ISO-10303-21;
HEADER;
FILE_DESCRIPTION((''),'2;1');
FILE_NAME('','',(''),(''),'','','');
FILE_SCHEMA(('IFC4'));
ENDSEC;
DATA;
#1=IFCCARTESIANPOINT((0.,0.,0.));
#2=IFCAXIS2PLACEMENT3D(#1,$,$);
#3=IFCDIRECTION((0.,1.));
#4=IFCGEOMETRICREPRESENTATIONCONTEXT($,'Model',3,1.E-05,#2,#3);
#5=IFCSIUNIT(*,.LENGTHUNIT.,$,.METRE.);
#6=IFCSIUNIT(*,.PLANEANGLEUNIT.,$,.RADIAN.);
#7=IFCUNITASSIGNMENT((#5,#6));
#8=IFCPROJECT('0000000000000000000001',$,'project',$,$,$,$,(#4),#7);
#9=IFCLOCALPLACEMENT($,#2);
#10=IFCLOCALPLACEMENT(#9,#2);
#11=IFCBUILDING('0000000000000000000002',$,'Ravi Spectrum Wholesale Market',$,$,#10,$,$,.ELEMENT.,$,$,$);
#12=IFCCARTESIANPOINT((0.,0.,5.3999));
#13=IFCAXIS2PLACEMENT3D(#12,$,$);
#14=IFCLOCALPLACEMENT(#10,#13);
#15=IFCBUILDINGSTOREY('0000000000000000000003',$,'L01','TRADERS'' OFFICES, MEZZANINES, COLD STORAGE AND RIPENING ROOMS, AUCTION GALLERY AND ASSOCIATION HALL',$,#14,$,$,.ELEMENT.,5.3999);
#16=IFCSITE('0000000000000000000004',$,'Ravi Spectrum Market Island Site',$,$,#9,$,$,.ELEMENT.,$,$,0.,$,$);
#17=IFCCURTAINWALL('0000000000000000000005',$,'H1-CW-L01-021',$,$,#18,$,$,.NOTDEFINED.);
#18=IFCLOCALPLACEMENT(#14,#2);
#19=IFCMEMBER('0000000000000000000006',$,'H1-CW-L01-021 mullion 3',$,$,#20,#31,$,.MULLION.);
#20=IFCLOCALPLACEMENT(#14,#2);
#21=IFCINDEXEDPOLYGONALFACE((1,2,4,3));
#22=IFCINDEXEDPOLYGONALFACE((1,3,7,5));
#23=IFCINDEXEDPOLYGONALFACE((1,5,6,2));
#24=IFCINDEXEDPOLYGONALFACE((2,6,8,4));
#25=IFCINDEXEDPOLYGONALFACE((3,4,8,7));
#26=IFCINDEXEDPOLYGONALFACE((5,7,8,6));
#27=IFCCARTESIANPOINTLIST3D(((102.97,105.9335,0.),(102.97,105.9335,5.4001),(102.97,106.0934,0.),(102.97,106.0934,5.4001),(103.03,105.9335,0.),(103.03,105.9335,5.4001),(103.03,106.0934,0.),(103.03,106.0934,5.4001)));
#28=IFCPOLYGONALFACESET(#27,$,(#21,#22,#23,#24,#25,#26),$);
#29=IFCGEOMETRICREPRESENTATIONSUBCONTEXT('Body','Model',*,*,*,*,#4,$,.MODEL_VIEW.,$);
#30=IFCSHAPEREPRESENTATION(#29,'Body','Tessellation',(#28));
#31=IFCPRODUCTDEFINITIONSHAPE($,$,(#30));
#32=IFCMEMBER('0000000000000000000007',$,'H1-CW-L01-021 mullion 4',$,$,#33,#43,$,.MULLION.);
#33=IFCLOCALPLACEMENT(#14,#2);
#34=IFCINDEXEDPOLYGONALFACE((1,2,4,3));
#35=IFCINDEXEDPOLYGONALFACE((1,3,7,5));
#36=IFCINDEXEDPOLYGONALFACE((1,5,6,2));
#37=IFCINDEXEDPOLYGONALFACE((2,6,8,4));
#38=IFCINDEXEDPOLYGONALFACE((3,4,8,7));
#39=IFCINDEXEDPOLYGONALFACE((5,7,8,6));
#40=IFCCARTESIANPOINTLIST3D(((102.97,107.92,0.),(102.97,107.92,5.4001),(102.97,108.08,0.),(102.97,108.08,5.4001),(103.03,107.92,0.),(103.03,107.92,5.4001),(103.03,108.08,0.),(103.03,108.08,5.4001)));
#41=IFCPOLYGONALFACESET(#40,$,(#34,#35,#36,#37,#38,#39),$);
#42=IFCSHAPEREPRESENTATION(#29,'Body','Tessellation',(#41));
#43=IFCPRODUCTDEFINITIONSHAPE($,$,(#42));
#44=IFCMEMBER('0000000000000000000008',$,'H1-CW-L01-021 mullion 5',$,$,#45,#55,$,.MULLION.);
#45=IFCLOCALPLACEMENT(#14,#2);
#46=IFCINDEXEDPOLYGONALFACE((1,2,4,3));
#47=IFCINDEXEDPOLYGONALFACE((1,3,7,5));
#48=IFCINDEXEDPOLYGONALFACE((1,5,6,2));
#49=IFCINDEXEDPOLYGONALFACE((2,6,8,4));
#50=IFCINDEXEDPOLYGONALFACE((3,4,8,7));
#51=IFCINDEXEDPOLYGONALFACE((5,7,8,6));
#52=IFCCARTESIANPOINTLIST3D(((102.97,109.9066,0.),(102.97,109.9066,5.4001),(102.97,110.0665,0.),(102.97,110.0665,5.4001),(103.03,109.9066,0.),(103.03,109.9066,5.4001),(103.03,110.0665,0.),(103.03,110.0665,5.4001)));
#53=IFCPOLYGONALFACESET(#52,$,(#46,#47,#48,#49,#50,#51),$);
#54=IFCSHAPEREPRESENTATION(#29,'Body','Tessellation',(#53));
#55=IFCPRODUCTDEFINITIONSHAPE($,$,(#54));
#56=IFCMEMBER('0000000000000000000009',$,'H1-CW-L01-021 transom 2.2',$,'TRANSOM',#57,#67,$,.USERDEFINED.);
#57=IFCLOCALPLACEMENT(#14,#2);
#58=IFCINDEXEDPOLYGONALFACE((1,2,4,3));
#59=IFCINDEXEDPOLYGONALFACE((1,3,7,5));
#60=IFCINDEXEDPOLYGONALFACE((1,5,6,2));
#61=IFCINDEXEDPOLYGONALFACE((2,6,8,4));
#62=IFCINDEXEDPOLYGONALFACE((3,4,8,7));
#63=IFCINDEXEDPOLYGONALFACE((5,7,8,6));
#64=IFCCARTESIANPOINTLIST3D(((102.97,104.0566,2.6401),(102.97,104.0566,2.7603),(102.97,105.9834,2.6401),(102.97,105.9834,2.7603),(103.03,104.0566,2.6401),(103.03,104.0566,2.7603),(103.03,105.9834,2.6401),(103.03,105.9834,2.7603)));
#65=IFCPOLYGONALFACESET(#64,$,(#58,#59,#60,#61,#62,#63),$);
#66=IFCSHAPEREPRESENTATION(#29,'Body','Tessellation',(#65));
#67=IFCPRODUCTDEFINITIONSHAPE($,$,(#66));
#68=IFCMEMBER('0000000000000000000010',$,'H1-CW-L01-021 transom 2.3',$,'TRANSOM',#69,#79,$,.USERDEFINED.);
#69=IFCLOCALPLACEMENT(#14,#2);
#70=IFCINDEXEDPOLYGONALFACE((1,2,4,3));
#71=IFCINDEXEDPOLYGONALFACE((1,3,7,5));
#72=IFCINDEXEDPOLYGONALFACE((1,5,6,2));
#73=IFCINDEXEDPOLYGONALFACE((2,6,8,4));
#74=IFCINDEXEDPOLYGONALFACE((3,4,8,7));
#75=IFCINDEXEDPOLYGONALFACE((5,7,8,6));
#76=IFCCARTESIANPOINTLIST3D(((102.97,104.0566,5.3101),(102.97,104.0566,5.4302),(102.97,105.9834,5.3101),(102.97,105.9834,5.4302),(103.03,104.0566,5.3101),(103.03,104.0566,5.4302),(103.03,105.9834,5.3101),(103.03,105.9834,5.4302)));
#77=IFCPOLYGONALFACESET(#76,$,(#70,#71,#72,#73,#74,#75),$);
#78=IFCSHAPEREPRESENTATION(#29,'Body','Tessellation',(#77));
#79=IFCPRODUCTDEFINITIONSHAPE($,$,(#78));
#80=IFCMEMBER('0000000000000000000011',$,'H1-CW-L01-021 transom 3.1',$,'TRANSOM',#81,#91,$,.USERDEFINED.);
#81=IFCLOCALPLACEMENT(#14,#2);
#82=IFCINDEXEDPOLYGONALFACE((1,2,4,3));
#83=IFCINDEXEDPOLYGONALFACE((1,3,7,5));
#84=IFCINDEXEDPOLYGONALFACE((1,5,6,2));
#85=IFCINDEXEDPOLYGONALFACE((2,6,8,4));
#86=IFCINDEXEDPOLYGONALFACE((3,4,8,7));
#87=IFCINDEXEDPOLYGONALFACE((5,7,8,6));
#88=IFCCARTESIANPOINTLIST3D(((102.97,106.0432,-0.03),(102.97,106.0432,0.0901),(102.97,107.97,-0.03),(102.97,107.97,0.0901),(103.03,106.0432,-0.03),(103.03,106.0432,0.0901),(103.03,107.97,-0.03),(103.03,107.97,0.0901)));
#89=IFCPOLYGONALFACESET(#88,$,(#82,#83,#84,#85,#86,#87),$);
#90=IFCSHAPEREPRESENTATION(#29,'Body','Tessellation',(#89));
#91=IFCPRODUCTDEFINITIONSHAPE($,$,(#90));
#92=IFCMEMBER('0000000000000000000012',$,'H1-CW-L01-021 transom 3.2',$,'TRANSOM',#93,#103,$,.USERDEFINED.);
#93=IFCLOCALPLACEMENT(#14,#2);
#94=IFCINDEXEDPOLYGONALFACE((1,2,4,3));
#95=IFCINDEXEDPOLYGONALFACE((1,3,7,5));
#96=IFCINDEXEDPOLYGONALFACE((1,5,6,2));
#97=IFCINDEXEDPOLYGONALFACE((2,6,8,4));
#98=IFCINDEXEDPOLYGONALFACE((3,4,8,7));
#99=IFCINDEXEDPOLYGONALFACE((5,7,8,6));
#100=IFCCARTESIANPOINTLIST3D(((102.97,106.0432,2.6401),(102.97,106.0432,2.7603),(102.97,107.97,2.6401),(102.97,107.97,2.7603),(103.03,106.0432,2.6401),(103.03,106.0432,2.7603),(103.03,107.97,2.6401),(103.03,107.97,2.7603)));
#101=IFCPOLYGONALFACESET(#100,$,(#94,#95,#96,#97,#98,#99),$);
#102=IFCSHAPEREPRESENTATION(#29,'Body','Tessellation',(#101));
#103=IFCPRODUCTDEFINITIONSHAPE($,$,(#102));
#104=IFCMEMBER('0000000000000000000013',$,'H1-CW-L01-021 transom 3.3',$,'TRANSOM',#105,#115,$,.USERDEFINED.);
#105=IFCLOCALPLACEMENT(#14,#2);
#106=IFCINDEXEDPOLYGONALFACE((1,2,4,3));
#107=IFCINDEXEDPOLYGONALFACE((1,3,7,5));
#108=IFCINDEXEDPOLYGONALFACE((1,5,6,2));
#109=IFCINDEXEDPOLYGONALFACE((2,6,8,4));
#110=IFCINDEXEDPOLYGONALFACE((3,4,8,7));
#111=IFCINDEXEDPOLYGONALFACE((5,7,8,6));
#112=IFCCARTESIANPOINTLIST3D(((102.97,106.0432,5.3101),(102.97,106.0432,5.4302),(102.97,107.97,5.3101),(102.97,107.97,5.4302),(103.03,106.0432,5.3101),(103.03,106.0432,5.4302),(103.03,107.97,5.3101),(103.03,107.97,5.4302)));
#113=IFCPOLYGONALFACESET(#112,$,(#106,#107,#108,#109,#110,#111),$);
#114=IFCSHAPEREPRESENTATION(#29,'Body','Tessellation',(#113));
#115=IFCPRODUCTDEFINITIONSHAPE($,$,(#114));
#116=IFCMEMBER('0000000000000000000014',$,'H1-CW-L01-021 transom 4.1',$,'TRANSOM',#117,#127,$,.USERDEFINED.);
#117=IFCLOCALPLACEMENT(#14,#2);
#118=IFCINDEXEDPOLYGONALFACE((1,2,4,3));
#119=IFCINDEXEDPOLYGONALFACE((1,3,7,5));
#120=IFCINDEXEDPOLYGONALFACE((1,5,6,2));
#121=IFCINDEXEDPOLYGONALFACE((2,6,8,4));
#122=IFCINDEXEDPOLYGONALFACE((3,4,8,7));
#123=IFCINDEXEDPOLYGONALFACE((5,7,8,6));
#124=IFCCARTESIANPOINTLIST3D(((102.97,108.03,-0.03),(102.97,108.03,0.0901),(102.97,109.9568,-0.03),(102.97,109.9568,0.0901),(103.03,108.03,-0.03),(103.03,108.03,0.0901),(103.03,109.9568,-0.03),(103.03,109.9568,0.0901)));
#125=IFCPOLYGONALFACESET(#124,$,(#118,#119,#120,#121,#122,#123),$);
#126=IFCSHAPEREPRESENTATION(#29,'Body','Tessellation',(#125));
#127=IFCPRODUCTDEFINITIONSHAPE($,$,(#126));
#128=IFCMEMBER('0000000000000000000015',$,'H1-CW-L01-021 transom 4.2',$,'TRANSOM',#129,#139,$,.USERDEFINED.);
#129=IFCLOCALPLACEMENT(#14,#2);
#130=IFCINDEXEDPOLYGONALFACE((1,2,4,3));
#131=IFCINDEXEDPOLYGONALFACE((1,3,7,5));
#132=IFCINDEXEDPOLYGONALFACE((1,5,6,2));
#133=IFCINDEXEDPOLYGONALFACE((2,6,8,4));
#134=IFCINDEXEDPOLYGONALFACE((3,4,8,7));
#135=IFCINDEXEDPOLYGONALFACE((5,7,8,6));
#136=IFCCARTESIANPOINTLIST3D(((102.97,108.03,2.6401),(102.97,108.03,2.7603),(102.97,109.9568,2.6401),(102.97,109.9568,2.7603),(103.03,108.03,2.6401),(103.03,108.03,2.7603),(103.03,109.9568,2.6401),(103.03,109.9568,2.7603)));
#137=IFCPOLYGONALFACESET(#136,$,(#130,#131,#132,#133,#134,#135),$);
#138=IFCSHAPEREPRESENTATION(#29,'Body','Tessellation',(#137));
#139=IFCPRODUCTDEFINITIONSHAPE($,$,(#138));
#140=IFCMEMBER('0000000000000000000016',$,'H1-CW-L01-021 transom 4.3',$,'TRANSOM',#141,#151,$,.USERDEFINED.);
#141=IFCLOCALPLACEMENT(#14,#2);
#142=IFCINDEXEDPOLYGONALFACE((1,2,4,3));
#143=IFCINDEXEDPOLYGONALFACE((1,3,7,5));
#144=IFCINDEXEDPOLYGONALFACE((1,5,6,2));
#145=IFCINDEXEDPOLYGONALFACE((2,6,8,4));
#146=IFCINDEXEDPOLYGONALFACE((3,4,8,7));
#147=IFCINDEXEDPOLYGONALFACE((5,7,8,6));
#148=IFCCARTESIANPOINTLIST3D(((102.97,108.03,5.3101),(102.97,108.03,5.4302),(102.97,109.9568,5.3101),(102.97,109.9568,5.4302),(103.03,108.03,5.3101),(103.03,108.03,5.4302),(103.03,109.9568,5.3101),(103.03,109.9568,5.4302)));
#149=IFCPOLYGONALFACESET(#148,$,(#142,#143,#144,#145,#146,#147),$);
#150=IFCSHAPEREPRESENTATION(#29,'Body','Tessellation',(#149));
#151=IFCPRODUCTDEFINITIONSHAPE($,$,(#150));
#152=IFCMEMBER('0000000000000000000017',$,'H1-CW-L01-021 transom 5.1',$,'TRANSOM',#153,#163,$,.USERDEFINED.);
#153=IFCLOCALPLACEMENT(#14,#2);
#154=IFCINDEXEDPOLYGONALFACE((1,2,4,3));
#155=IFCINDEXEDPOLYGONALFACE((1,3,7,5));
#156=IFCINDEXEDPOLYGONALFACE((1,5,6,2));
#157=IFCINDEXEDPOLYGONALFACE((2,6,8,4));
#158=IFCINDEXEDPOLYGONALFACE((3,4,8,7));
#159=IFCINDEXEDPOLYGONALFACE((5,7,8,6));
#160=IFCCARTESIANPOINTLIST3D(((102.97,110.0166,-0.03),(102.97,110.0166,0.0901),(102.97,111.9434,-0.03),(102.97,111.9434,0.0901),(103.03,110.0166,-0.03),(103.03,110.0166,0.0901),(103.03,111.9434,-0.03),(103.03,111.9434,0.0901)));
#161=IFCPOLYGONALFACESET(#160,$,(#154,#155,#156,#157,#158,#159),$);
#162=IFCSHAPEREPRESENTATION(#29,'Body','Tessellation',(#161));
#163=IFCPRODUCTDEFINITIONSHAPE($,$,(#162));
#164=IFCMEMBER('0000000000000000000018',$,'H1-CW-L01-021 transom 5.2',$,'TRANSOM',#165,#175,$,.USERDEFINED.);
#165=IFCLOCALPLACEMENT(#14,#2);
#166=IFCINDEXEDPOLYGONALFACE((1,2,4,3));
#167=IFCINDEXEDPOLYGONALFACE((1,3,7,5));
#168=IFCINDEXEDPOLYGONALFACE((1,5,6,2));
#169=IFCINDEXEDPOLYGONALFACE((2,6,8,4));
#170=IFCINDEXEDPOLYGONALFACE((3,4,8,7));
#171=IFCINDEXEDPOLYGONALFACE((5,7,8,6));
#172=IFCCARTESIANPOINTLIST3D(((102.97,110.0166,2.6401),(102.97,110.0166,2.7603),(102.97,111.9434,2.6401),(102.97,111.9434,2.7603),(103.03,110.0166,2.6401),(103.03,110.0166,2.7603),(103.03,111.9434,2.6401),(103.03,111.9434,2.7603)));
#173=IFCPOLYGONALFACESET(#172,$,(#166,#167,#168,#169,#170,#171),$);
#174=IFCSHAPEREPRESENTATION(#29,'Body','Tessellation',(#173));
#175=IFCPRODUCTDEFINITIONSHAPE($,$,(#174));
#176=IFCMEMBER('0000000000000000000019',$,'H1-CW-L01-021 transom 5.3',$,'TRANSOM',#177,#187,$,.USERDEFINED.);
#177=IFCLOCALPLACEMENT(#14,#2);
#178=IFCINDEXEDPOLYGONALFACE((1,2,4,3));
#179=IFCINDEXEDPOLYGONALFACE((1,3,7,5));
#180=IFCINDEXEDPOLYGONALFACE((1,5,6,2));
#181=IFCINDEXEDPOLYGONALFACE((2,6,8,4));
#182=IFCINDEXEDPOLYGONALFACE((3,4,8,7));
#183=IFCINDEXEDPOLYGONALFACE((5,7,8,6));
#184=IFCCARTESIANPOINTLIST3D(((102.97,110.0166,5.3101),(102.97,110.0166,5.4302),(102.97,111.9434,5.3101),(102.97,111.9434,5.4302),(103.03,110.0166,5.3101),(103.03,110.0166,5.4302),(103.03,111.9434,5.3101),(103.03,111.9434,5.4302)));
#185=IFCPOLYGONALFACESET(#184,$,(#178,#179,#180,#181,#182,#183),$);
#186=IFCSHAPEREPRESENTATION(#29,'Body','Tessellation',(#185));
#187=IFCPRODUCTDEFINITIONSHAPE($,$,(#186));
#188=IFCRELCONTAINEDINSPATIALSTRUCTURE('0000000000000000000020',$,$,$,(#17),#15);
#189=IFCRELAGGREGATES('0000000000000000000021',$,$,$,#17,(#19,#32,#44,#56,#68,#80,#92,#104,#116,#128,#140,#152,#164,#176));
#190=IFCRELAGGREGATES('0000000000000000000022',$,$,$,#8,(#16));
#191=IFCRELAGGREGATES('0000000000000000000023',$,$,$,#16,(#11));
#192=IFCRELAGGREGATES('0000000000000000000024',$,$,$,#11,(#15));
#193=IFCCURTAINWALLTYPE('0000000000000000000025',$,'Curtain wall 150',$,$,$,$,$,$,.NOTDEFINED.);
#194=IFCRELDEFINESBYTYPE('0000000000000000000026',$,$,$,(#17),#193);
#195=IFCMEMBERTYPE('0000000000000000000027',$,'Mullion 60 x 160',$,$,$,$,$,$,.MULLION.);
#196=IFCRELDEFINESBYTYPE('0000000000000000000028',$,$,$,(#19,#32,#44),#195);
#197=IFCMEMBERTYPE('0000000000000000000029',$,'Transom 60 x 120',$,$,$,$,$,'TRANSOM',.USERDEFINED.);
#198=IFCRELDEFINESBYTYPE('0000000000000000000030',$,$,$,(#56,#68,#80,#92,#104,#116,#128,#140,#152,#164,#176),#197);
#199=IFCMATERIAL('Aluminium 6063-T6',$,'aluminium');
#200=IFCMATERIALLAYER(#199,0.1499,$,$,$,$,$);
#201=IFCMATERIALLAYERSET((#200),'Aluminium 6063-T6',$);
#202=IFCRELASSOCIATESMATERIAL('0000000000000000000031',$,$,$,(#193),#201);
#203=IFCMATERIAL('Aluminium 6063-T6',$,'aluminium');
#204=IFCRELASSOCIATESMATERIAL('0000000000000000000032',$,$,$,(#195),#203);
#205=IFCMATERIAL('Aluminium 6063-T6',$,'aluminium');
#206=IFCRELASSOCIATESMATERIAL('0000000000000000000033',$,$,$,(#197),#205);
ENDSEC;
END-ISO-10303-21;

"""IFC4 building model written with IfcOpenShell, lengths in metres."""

from ifc_helpers import new_model, si_unit, direction, frame, origin, origin_2d, place, context, subcontext, project, spatial, rectangle, extrude, material, layer, layer_set, material_profile, profile_set, type_object, element, aggregate, save


model = new_model("IFC4")

# Units and contexts
model_context = context("Model", 3, precision=1e-05, world=origin(), true_north=direction((0.0, 1.0)))
body_context = subcontext(model_context, "Body", "Model", "MODEL_VIEW")
ifc_project = project(units=[si_unit("LENGTHUNIT", "METRE"), si_unit("PLANEANGLEUNIT", "RADIAN")], contexts=[model_context])

# Site, building, storey
site_placement = place(None, origin())
site = spatial("IfcSite", under=ifc_project, at=site_placement, Name="Ravi Spectrum Market Island Site", CompositionType="ELEMENT", RefElevation=0.0)
building_placement = place(site_placement, origin())
building = spatial("IfcBuilding", under=site, at=building_placement, Name="Ravi Spectrum Wholesale Market", CompositionType="ELEMENT")
storey_placement = place(building_placement, frame((0.0, 0.0, 5.3999)))
storey = spatial("IfcBuildingStorey", under=building, at=storey_placement, Name="L01", Description="TRADERS' OFFICES, MEZZANINES, COLD STORAGE AND RIPENING ROOMS, AUCTION GALLERY AND ASSOCIATION HALL", CompositionType="ELEMENT", Elevation=5.3999)

# Curtain wall, members
ifc_material_1 = material(Name="Aluminium 6063-T6", Category="aluminium")
ifc_layer_1 = layer(ifc_material_1, 0.1499)
ifc_layer_set_1 = layer_set([ifc_layer_1], Name="Aluminium 6063-T6")
curtain_wall_type = type_object("IfcCurtainWallType", Name="Curtain wall 150", PredefinedType="NOTDEFINED", material=ifc_layer_set_1)
curtain_wall_placement = place(storey_placement, origin())
curtain_wall = element("IfcCurtainWall", 1, at=curtain_wall_placement, inside=storey, type_object=curtain_wall_type, Name="H1-CW-L01-021", PredefinedType="NOTDEFINED")
ifc_material_2 = material(Name="Aluminium 6063-T6", Category="aluminium")
ifc_material_profile_1 = material_profile(ifc_material_2, rectangle(XDim=0.0601, YDim=0.1599, at=origin_2d()))
ifc_profile_set_1 = profile_set([ifc_material_profile_1], Name="Aluminium 6063-T6")
member_type_1 = type_object("IfcMemberType", Name="Mullion 60 x 160", PredefinedType="MULLION", material=ifc_profile_set_1)
member_1_placement = place(storey_placement, frame((103.0, 106.0134, 0.0), z_axis=(0.0, 0.0, 1.0), x_axis=(-1.0, 0.0, 0.0)))
member_1 = element("IfcMember", 2, at=member_1_placement, type_object=member_type_1, Name="H1-CW-L01-021 mullion 3", PredefinedType="MULLION", context=body_context, shape_type="SweptSolid", body=[
    extrude(rectangle(XDim=0.0601, YDim=0.1599, at=origin_2d()), origin(), (0.0, 0.0, 1.0), 5.4001),
])
member_2_placement = place(storey_placement, frame((103.0, 108.0, 0.0), z_axis=(0.0, 0.0, 1.0), x_axis=(-1.0, 0.0, 0.0)))
member_2 = element("IfcMember", 3, at=member_2_placement, type_object=member_type_1, Name="H1-CW-L01-021 mullion 4", PredefinedType="MULLION", context=body_context, shape_type="SweptSolid", body=[
    extrude(rectangle(XDim=0.0601, YDim=0.1599, at=origin_2d()), origin(), (0.0, 0.0, 1.0), 5.4001),
])
member_3_placement = place(storey_placement, frame((103.0, 109.9866, 0.0), z_axis=(0.0, 0.0, 1.0), x_axis=(-1.0, 0.0, 0.0)))
member_3 = element("IfcMember", 4, at=member_3_placement, type_object=member_type_1, Name="H1-CW-L01-021 mullion 5", PredefinedType="MULLION", context=body_context, shape_type="SweptSolid", body=[
    extrude(rectangle(XDim=0.0601, YDim=0.1599, at=origin_2d()), origin(), (0.0, 0.0, 1.0), 5.4001),
])
ifc_material_3 = material(Name="Aluminium 6063-T6", Category="aluminium")
ifc_material_profile_2 = material_profile(ifc_material_3, rectangle(XDim=0.0601, YDim=0.1201, at=origin_2d()))
ifc_profile_set_2 = profile_set([ifc_material_profile_2], Name="Aluminium 6063-T6")
member_type_2 = type_object("IfcMemberType", Name="Transom 60 x 120", ElementType="TRANSOM", PredefinedType="USERDEFINED", material=ifc_profile_set_2)
member_4_placement = place(storey_placement, frame((103.0, 104.0566, 2.7002), z_axis=(0.0, 1.0, 0.0), x_axis=(-1.0, 0.0, 0.0)))
member_4 = element("IfcMember", 5, at=member_4_placement, type_object=member_type_2, Name="H1-CW-L01-021 transom 2.2", ObjectType="TRANSOM", PredefinedType="USERDEFINED", context=body_context, shape_type="SweptSolid", body=[
    extrude(rectangle(XDim=0.0601, YDim=0.1201, at=origin_2d()), origin(), (0.0, 0.0, 1.0), 1.9268),
])
member_5_placement = place(storey_placement, frame((103.0, 104.0566, 5.3701), z_axis=(0.0, 1.0, 0.0), x_axis=(-1.0, 0.0, 0.0)))
member_5 = element("IfcMember", 6, at=member_5_placement, type_object=member_type_2, Name="H1-CW-L01-021 transom 2.3", ObjectType="TRANSOM", PredefinedType="USERDEFINED", context=body_context, shape_type="SweptSolid", body=[
    extrude(rectangle(XDim=0.0601, YDim=0.1201, at=origin_2d()), origin(), (0.0, 0.0, 1.0), 1.9268),
])
member_6_placement = place(storey_placement, frame((103.0, 106.0432, 0.03), z_axis=(0.0, 1.0, 0.0), x_axis=(-1.0, 0.0, 0.0)))
member_6 = element("IfcMember", 7, at=member_6_placement, type_object=member_type_2, Name="H1-CW-L01-021 transom 3.1", ObjectType="TRANSOM", PredefinedType="USERDEFINED", context=body_context, shape_type="SweptSolid", body=[
    extrude(rectangle(XDim=0.0601, YDim=0.1201, at=origin_2d()), origin(), (0.0, 0.0, 1.0), 1.9268),
])
member_7_placement = place(storey_placement, frame((103.0, 106.0432, 2.7002), z_axis=(0.0, 1.0, 0.0), x_axis=(-1.0, 0.0, 0.0)))
member_7 = element("IfcMember", 8, at=member_7_placement, type_object=member_type_2, Name="H1-CW-L01-021 transom 3.2", ObjectType="TRANSOM", PredefinedType="USERDEFINED", context=body_context, shape_type="SweptSolid", body=[
    extrude(rectangle(XDim=0.0601, YDim=0.1201, at=origin_2d()), origin(), (0.0, 0.0, 1.0), 1.9268),
])
member_8_placement = place(storey_placement, frame((103.0, 106.0432, 5.3701), z_axis=(0.0, 1.0, 0.0), x_axis=(-1.0, 0.0, 0.0)))
member_8 = element("IfcMember", 9, at=member_8_placement, type_object=member_type_2, Name="H1-CW-L01-021 transom 3.3", ObjectType="TRANSOM", PredefinedType="USERDEFINED", context=body_context, shape_type="SweptSolid", body=[
    extrude(rectangle(XDim=0.0601, YDim=0.1201, at=origin_2d()), origin(), (0.0, 0.0, 1.0), 1.9268),
])
member_9_placement = place(storey_placement, frame((103.0, 108.03, 0.03), z_axis=(0.0, 1.0, 0.0), x_axis=(-1.0, 0.0, 0.0)))
member_9 = element("IfcMember", 10, at=member_9_placement, type_object=member_type_2, Name="H1-CW-L01-021 transom 4.1", ObjectType="TRANSOM", PredefinedType="USERDEFINED", context=body_context, shape_type="SweptSolid", body=[
    extrude(rectangle(XDim=0.0601, YDim=0.1201, at=origin_2d()), origin(), (0.0, 0.0, 1.0), 1.9268),
])
member_10_placement = place(storey_placement, frame((103.0, 108.03, 2.7002), z_axis=(0.0, 1.0, 0.0), x_axis=(-1.0, 0.0, 0.0)))
member_10 = element("IfcMember", 11, at=member_10_placement, type_object=member_type_2, Name="H1-CW-L01-021 transom 4.2", ObjectType="TRANSOM", PredefinedType="USERDEFINED", context=body_context, shape_type="SweptSolid", body=[
    extrude(rectangle(XDim=0.0601, YDim=0.1201, at=origin_2d()), origin(), (0.0, 0.0, 1.0), 1.9268),
])
member_11_placement = place(storey_placement, frame((103.0, 108.03, 5.3701), z_axis=(0.0, 1.0, 0.0), x_axis=(-1.0, 0.0, 0.0)))
member_11 = element("IfcMember", 12, at=member_11_placement, type_object=member_type_2, Name="H1-CW-L01-021 transom 4.3", ObjectType="TRANSOM", PredefinedType="USERDEFINED", context=body_context, shape_type="SweptSolid", body=[
    extrude(rectangle(XDim=0.0601, YDim=0.1201, at=origin_2d()), origin(), (0.0, 0.0, 1.0), 1.9268),
])
member_12_placement = place(storey_placement, frame((103.0, 110.0166, 0.03), z_axis=(0.0, 1.0, 0.0), x_axis=(-1.0, 0.0, 0.0)))
member_12 = element("IfcMember", 13, at=member_12_placement, type_object=member_type_2, Name="H1-CW-L01-021 transom 5.1", ObjectType="TRANSOM", PredefinedType="USERDEFINED", context=body_context, shape_type="SweptSolid", body=[
    extrude(rectangle(XDim=0.0601, YDim=0.1201, at=origin_2d()), origin(), (0.0, 0.0, 1.0), 1.9268),
])
member_13_placement = place(storey_placement, frame((103.0, 110.0166, 2.7002), z_axis=(0.0, 1.0, 0.0), x_axis=(-1.0, 0.0, 0.0)))
member_13 = element("IfcMember", 14, at=member_13_placement, type_object=member_type_2, Name="H1-CW-L01-021 transom 5.2", ObjectType="TRANSOM", PredefinedType="USERDEFINED", context=body_context, shape_type="SweptSolid", body=[
    extrude(rectangle(XDim=0.0601, YDim=0.1201, at=origin_2d()), origin(), (0.0, 0.0, 1.0), 1.9268),
])
member_14_placement = place(storey_placement, frame((103.0, 110.0166, 5.3701), z_axis=(0.0, 1.0, 0.0), x_axis=(-1.0, 0.0, 0.0)))
member_14 = element("IfcMember", 15, at=member_14_placement, type_object=member_type_2, Name="H1-CW-L01-021 transom 5.3", ObjectType="TRANSOM", PredefinedType="USERDEFINED", context=body_context, shape_type="SweptSolid", body=[
    extrude(rectangle(XDim=0.0601, YDim=0.1201, at=origin_2d()), origin(), (0.0, 0.0, 1.0), 1.9268),
])
aggregate(curtain_wall, [member_1, member_2, member_3, member_4, member_5, member_6, member_7, member_8, member_9, member_10, member_11, member_12, member_13, member_14])

save(model, "model.ifc")
